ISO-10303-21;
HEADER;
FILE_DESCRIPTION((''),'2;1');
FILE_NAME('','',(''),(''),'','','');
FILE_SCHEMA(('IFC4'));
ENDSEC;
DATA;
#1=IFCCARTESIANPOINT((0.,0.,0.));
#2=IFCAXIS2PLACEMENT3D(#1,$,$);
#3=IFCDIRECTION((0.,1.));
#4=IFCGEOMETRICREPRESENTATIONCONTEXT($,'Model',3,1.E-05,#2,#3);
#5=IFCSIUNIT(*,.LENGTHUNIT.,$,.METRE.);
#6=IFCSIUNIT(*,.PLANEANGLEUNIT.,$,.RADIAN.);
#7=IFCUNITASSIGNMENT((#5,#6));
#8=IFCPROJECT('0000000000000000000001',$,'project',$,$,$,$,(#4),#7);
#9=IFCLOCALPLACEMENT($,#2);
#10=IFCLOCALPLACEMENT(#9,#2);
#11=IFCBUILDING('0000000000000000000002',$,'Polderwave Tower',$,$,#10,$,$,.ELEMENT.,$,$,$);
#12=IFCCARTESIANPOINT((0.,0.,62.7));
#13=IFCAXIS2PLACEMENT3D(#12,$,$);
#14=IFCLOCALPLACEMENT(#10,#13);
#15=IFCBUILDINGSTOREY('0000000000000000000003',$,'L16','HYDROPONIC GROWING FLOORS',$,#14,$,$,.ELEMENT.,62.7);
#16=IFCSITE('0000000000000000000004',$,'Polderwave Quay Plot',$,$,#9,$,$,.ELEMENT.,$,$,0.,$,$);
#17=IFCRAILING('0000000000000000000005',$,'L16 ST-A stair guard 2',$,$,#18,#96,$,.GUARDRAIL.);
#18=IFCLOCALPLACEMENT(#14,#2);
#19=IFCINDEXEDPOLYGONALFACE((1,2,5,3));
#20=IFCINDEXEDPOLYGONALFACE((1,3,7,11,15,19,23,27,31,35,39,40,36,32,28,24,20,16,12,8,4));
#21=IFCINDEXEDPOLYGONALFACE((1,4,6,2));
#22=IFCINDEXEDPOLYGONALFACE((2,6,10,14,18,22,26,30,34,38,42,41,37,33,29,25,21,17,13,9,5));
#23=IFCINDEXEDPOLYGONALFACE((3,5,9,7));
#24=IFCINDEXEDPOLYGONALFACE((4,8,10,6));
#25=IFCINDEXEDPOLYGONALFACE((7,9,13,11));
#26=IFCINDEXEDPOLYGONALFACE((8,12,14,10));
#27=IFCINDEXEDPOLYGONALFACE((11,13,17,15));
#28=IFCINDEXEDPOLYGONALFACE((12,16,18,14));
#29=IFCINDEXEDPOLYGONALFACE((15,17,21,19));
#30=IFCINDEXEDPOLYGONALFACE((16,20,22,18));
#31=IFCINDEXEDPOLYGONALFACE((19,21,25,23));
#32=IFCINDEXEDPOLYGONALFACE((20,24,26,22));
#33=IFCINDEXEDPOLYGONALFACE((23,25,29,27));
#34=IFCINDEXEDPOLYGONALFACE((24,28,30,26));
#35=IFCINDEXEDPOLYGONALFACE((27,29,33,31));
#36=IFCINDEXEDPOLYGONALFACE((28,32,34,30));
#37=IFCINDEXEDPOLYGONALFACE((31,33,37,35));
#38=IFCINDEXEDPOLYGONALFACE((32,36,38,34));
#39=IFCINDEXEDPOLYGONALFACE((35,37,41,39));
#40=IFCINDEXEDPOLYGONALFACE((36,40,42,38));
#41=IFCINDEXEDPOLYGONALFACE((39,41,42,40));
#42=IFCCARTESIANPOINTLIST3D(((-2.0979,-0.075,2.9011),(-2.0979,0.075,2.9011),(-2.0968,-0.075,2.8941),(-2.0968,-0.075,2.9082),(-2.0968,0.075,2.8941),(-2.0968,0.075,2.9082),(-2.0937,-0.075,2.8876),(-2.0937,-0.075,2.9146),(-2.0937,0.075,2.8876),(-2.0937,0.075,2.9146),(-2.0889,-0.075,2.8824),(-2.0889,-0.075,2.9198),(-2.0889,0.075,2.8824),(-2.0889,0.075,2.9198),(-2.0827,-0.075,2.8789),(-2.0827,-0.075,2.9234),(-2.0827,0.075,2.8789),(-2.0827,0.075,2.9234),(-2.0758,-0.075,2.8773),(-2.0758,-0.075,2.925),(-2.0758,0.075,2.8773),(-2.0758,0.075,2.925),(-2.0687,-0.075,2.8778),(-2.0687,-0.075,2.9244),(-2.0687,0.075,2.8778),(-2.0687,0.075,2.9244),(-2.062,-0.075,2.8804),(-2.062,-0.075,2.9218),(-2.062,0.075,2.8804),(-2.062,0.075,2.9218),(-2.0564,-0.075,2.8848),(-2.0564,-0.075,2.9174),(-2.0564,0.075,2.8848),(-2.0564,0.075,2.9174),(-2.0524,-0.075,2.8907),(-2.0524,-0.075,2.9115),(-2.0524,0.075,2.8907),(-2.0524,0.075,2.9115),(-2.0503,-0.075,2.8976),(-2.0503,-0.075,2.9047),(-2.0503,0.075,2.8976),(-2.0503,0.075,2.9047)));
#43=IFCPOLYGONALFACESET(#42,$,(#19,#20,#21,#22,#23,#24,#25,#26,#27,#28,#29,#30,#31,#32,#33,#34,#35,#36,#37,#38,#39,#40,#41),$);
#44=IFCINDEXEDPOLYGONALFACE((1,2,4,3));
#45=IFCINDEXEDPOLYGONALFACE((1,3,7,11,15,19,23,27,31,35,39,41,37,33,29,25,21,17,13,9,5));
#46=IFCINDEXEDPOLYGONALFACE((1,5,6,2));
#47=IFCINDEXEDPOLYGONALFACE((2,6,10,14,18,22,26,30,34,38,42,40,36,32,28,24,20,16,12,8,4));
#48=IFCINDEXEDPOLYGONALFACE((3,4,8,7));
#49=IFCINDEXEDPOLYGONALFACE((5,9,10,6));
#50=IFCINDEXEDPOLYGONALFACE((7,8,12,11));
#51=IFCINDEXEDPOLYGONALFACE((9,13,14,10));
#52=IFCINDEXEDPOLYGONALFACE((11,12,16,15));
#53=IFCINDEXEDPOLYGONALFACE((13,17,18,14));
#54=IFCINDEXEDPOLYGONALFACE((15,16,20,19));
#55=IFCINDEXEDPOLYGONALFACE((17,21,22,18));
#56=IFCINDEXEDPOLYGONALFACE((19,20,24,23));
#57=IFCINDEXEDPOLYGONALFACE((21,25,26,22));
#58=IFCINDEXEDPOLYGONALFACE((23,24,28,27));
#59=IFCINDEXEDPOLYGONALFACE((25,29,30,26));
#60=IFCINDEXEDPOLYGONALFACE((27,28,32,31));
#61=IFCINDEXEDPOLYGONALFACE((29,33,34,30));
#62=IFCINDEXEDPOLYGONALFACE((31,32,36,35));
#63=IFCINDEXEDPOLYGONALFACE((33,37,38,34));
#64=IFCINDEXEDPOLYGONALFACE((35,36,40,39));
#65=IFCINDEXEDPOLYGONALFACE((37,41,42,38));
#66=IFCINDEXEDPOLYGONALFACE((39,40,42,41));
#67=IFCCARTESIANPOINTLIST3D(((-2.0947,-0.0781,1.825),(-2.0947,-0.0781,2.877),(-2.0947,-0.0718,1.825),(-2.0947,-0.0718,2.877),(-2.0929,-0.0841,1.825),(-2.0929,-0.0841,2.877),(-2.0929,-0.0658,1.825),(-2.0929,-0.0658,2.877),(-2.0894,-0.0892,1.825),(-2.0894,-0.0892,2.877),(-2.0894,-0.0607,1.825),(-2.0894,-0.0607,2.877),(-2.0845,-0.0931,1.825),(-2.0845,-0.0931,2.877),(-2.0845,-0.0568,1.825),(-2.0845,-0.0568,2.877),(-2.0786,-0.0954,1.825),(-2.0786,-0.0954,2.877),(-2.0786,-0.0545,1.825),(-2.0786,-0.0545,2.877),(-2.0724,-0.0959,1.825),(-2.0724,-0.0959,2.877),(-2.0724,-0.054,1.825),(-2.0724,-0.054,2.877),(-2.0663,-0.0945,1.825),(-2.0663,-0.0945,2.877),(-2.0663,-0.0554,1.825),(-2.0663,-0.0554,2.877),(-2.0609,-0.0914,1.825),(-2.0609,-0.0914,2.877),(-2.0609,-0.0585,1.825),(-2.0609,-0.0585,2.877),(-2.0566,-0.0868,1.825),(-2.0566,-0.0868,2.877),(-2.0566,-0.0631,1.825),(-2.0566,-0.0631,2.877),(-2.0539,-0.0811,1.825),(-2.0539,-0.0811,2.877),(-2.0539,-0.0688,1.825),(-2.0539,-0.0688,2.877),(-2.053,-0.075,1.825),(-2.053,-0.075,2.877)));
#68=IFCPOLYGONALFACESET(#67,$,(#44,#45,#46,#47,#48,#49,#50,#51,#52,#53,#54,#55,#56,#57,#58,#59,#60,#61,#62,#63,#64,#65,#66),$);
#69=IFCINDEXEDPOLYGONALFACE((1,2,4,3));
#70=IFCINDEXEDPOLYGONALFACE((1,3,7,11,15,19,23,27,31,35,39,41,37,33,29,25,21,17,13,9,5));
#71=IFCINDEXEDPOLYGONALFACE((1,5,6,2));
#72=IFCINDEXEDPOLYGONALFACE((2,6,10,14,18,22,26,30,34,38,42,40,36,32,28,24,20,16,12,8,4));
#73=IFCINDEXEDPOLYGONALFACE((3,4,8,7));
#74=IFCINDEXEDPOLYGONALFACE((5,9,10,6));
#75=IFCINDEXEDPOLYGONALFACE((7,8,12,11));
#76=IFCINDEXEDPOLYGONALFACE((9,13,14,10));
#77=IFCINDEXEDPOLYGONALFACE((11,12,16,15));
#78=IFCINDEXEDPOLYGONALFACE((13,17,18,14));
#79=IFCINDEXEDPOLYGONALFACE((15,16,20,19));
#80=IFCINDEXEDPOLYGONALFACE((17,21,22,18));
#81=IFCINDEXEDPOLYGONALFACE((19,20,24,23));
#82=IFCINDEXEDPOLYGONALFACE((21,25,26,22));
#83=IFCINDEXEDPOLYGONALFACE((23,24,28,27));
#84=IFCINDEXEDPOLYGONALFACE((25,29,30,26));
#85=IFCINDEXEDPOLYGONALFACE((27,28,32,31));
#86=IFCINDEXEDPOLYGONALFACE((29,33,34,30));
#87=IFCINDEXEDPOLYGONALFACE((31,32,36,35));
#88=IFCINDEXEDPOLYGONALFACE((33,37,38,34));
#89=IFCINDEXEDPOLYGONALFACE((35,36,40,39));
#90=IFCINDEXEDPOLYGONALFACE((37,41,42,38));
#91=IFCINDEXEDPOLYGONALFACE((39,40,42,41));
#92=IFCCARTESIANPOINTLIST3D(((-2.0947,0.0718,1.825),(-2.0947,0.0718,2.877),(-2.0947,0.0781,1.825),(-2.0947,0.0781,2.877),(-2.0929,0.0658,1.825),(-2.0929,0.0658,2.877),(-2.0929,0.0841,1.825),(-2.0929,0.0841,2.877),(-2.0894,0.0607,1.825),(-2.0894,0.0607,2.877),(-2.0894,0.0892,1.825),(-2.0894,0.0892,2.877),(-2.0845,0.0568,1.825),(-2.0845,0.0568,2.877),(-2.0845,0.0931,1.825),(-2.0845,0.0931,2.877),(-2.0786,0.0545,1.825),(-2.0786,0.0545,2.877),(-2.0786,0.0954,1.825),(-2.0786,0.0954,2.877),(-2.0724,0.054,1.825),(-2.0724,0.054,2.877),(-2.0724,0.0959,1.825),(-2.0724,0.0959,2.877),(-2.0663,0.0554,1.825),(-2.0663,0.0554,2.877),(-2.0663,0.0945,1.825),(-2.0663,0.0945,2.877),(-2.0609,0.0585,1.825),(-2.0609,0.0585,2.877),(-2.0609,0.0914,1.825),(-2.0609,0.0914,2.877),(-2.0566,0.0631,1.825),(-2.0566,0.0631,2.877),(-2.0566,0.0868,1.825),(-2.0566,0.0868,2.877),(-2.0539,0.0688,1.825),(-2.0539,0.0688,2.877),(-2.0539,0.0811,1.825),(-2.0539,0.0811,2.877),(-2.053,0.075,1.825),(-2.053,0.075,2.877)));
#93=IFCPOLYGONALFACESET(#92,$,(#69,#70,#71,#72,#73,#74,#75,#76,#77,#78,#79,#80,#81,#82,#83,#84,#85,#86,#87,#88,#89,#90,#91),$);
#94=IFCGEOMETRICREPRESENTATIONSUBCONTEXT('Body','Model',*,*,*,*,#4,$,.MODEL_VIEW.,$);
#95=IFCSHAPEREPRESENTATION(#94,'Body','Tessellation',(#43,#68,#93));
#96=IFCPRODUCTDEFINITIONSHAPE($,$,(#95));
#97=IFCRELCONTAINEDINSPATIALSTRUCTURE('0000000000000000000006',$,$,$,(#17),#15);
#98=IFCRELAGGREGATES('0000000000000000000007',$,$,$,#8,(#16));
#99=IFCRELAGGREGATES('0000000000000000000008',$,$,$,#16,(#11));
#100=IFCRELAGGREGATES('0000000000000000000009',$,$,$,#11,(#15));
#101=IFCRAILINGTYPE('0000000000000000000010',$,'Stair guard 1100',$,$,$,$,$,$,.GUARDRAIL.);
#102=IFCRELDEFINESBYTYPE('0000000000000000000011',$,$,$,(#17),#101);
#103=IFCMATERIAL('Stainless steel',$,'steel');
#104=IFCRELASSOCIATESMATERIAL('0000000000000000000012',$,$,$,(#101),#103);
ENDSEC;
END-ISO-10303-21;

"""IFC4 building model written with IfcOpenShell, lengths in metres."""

from ifc_helpers import new_model, si_unit, direction, frame, origin, origin_2d, place, context, subcontext, project, spatial, circle, extrude, material, type_object, element, save


model = new_model("IFC4")

# Units and contexts
model_context = context("Model", 3, precision=1e-05, world=origin(), true_north=direction((0.0, 1.0)))
body_context = subcontext(model_context, "Body", "Model", "MODEL_VIEW")
ifc_project = project(units=[si_unit("LENGTHUNIT", "METRE"), si_unit("PLANEANGLEUNIT", "RADIAN")], contexts=[model_context])

# Site, building, storey
site_placement = place(None, origin())
site = spatial("IfcSite", under=ifc_project, at=site_placement, Name="Polderwave Quay Plot", CompositionType="ELEMENT", RefElevation=0.0)
building_placement = place(site_placement, origin())
building = spatial("IfcBuilding", under=site, at=building_placement, Name="Polderwave Tower", CompositionType="ELEMENT")
storey_placement = place(building_placement, frame((0.0, 0.0, 62.7)))
storey = spatial("IfcBuildingStorey", under=building, at=storey_placement, Name="L16", Description="HYDROPONIC GROWING FLOORS", CompositionType="ELEMENT", Elevation=62.7)

# Railing
ifc_material_1 = material(Name="Stainless steel", Category="steel")
railing_type_1 = type_object("IfcRailingType", Name="Stair guard 1100", PredefinedType="GUARDRAIL", material=ifc_material_1)
railing_1_placement = place(storey_placement, frame((-2.074, -0.075, 1.825)))
element("IfcRailing", 1, at=railing_1_placement, inside=storey, type_object=railing_type_1, Name="L16 ST-A stair guard 2", PredefinedType="GUARDRAIL", context=body_context, shape_type="SweptSolid", body=[
    extrude(circle(Radius=0.0239, at=origin_2d()), frame((0.0, 0.0, 1.0762), z_axis=(0.0, 1.0, 0.0), x_axis=(-1.0, 0.0, 0.0)), (0.0, 0.0, 1.0), 0.1499),
    extrude(circle(Radius=0.021, at=origin_2d()), origin(), (0.0, 0.0, 1.0), 1.052),
    extrude(circle(Radius=0.021, at=origin_2d()), frame((0.0, 0.1499, 0.0)), (0.0, 0.0, 1.0), 1.052),
])

save(model, "model.ifc")
